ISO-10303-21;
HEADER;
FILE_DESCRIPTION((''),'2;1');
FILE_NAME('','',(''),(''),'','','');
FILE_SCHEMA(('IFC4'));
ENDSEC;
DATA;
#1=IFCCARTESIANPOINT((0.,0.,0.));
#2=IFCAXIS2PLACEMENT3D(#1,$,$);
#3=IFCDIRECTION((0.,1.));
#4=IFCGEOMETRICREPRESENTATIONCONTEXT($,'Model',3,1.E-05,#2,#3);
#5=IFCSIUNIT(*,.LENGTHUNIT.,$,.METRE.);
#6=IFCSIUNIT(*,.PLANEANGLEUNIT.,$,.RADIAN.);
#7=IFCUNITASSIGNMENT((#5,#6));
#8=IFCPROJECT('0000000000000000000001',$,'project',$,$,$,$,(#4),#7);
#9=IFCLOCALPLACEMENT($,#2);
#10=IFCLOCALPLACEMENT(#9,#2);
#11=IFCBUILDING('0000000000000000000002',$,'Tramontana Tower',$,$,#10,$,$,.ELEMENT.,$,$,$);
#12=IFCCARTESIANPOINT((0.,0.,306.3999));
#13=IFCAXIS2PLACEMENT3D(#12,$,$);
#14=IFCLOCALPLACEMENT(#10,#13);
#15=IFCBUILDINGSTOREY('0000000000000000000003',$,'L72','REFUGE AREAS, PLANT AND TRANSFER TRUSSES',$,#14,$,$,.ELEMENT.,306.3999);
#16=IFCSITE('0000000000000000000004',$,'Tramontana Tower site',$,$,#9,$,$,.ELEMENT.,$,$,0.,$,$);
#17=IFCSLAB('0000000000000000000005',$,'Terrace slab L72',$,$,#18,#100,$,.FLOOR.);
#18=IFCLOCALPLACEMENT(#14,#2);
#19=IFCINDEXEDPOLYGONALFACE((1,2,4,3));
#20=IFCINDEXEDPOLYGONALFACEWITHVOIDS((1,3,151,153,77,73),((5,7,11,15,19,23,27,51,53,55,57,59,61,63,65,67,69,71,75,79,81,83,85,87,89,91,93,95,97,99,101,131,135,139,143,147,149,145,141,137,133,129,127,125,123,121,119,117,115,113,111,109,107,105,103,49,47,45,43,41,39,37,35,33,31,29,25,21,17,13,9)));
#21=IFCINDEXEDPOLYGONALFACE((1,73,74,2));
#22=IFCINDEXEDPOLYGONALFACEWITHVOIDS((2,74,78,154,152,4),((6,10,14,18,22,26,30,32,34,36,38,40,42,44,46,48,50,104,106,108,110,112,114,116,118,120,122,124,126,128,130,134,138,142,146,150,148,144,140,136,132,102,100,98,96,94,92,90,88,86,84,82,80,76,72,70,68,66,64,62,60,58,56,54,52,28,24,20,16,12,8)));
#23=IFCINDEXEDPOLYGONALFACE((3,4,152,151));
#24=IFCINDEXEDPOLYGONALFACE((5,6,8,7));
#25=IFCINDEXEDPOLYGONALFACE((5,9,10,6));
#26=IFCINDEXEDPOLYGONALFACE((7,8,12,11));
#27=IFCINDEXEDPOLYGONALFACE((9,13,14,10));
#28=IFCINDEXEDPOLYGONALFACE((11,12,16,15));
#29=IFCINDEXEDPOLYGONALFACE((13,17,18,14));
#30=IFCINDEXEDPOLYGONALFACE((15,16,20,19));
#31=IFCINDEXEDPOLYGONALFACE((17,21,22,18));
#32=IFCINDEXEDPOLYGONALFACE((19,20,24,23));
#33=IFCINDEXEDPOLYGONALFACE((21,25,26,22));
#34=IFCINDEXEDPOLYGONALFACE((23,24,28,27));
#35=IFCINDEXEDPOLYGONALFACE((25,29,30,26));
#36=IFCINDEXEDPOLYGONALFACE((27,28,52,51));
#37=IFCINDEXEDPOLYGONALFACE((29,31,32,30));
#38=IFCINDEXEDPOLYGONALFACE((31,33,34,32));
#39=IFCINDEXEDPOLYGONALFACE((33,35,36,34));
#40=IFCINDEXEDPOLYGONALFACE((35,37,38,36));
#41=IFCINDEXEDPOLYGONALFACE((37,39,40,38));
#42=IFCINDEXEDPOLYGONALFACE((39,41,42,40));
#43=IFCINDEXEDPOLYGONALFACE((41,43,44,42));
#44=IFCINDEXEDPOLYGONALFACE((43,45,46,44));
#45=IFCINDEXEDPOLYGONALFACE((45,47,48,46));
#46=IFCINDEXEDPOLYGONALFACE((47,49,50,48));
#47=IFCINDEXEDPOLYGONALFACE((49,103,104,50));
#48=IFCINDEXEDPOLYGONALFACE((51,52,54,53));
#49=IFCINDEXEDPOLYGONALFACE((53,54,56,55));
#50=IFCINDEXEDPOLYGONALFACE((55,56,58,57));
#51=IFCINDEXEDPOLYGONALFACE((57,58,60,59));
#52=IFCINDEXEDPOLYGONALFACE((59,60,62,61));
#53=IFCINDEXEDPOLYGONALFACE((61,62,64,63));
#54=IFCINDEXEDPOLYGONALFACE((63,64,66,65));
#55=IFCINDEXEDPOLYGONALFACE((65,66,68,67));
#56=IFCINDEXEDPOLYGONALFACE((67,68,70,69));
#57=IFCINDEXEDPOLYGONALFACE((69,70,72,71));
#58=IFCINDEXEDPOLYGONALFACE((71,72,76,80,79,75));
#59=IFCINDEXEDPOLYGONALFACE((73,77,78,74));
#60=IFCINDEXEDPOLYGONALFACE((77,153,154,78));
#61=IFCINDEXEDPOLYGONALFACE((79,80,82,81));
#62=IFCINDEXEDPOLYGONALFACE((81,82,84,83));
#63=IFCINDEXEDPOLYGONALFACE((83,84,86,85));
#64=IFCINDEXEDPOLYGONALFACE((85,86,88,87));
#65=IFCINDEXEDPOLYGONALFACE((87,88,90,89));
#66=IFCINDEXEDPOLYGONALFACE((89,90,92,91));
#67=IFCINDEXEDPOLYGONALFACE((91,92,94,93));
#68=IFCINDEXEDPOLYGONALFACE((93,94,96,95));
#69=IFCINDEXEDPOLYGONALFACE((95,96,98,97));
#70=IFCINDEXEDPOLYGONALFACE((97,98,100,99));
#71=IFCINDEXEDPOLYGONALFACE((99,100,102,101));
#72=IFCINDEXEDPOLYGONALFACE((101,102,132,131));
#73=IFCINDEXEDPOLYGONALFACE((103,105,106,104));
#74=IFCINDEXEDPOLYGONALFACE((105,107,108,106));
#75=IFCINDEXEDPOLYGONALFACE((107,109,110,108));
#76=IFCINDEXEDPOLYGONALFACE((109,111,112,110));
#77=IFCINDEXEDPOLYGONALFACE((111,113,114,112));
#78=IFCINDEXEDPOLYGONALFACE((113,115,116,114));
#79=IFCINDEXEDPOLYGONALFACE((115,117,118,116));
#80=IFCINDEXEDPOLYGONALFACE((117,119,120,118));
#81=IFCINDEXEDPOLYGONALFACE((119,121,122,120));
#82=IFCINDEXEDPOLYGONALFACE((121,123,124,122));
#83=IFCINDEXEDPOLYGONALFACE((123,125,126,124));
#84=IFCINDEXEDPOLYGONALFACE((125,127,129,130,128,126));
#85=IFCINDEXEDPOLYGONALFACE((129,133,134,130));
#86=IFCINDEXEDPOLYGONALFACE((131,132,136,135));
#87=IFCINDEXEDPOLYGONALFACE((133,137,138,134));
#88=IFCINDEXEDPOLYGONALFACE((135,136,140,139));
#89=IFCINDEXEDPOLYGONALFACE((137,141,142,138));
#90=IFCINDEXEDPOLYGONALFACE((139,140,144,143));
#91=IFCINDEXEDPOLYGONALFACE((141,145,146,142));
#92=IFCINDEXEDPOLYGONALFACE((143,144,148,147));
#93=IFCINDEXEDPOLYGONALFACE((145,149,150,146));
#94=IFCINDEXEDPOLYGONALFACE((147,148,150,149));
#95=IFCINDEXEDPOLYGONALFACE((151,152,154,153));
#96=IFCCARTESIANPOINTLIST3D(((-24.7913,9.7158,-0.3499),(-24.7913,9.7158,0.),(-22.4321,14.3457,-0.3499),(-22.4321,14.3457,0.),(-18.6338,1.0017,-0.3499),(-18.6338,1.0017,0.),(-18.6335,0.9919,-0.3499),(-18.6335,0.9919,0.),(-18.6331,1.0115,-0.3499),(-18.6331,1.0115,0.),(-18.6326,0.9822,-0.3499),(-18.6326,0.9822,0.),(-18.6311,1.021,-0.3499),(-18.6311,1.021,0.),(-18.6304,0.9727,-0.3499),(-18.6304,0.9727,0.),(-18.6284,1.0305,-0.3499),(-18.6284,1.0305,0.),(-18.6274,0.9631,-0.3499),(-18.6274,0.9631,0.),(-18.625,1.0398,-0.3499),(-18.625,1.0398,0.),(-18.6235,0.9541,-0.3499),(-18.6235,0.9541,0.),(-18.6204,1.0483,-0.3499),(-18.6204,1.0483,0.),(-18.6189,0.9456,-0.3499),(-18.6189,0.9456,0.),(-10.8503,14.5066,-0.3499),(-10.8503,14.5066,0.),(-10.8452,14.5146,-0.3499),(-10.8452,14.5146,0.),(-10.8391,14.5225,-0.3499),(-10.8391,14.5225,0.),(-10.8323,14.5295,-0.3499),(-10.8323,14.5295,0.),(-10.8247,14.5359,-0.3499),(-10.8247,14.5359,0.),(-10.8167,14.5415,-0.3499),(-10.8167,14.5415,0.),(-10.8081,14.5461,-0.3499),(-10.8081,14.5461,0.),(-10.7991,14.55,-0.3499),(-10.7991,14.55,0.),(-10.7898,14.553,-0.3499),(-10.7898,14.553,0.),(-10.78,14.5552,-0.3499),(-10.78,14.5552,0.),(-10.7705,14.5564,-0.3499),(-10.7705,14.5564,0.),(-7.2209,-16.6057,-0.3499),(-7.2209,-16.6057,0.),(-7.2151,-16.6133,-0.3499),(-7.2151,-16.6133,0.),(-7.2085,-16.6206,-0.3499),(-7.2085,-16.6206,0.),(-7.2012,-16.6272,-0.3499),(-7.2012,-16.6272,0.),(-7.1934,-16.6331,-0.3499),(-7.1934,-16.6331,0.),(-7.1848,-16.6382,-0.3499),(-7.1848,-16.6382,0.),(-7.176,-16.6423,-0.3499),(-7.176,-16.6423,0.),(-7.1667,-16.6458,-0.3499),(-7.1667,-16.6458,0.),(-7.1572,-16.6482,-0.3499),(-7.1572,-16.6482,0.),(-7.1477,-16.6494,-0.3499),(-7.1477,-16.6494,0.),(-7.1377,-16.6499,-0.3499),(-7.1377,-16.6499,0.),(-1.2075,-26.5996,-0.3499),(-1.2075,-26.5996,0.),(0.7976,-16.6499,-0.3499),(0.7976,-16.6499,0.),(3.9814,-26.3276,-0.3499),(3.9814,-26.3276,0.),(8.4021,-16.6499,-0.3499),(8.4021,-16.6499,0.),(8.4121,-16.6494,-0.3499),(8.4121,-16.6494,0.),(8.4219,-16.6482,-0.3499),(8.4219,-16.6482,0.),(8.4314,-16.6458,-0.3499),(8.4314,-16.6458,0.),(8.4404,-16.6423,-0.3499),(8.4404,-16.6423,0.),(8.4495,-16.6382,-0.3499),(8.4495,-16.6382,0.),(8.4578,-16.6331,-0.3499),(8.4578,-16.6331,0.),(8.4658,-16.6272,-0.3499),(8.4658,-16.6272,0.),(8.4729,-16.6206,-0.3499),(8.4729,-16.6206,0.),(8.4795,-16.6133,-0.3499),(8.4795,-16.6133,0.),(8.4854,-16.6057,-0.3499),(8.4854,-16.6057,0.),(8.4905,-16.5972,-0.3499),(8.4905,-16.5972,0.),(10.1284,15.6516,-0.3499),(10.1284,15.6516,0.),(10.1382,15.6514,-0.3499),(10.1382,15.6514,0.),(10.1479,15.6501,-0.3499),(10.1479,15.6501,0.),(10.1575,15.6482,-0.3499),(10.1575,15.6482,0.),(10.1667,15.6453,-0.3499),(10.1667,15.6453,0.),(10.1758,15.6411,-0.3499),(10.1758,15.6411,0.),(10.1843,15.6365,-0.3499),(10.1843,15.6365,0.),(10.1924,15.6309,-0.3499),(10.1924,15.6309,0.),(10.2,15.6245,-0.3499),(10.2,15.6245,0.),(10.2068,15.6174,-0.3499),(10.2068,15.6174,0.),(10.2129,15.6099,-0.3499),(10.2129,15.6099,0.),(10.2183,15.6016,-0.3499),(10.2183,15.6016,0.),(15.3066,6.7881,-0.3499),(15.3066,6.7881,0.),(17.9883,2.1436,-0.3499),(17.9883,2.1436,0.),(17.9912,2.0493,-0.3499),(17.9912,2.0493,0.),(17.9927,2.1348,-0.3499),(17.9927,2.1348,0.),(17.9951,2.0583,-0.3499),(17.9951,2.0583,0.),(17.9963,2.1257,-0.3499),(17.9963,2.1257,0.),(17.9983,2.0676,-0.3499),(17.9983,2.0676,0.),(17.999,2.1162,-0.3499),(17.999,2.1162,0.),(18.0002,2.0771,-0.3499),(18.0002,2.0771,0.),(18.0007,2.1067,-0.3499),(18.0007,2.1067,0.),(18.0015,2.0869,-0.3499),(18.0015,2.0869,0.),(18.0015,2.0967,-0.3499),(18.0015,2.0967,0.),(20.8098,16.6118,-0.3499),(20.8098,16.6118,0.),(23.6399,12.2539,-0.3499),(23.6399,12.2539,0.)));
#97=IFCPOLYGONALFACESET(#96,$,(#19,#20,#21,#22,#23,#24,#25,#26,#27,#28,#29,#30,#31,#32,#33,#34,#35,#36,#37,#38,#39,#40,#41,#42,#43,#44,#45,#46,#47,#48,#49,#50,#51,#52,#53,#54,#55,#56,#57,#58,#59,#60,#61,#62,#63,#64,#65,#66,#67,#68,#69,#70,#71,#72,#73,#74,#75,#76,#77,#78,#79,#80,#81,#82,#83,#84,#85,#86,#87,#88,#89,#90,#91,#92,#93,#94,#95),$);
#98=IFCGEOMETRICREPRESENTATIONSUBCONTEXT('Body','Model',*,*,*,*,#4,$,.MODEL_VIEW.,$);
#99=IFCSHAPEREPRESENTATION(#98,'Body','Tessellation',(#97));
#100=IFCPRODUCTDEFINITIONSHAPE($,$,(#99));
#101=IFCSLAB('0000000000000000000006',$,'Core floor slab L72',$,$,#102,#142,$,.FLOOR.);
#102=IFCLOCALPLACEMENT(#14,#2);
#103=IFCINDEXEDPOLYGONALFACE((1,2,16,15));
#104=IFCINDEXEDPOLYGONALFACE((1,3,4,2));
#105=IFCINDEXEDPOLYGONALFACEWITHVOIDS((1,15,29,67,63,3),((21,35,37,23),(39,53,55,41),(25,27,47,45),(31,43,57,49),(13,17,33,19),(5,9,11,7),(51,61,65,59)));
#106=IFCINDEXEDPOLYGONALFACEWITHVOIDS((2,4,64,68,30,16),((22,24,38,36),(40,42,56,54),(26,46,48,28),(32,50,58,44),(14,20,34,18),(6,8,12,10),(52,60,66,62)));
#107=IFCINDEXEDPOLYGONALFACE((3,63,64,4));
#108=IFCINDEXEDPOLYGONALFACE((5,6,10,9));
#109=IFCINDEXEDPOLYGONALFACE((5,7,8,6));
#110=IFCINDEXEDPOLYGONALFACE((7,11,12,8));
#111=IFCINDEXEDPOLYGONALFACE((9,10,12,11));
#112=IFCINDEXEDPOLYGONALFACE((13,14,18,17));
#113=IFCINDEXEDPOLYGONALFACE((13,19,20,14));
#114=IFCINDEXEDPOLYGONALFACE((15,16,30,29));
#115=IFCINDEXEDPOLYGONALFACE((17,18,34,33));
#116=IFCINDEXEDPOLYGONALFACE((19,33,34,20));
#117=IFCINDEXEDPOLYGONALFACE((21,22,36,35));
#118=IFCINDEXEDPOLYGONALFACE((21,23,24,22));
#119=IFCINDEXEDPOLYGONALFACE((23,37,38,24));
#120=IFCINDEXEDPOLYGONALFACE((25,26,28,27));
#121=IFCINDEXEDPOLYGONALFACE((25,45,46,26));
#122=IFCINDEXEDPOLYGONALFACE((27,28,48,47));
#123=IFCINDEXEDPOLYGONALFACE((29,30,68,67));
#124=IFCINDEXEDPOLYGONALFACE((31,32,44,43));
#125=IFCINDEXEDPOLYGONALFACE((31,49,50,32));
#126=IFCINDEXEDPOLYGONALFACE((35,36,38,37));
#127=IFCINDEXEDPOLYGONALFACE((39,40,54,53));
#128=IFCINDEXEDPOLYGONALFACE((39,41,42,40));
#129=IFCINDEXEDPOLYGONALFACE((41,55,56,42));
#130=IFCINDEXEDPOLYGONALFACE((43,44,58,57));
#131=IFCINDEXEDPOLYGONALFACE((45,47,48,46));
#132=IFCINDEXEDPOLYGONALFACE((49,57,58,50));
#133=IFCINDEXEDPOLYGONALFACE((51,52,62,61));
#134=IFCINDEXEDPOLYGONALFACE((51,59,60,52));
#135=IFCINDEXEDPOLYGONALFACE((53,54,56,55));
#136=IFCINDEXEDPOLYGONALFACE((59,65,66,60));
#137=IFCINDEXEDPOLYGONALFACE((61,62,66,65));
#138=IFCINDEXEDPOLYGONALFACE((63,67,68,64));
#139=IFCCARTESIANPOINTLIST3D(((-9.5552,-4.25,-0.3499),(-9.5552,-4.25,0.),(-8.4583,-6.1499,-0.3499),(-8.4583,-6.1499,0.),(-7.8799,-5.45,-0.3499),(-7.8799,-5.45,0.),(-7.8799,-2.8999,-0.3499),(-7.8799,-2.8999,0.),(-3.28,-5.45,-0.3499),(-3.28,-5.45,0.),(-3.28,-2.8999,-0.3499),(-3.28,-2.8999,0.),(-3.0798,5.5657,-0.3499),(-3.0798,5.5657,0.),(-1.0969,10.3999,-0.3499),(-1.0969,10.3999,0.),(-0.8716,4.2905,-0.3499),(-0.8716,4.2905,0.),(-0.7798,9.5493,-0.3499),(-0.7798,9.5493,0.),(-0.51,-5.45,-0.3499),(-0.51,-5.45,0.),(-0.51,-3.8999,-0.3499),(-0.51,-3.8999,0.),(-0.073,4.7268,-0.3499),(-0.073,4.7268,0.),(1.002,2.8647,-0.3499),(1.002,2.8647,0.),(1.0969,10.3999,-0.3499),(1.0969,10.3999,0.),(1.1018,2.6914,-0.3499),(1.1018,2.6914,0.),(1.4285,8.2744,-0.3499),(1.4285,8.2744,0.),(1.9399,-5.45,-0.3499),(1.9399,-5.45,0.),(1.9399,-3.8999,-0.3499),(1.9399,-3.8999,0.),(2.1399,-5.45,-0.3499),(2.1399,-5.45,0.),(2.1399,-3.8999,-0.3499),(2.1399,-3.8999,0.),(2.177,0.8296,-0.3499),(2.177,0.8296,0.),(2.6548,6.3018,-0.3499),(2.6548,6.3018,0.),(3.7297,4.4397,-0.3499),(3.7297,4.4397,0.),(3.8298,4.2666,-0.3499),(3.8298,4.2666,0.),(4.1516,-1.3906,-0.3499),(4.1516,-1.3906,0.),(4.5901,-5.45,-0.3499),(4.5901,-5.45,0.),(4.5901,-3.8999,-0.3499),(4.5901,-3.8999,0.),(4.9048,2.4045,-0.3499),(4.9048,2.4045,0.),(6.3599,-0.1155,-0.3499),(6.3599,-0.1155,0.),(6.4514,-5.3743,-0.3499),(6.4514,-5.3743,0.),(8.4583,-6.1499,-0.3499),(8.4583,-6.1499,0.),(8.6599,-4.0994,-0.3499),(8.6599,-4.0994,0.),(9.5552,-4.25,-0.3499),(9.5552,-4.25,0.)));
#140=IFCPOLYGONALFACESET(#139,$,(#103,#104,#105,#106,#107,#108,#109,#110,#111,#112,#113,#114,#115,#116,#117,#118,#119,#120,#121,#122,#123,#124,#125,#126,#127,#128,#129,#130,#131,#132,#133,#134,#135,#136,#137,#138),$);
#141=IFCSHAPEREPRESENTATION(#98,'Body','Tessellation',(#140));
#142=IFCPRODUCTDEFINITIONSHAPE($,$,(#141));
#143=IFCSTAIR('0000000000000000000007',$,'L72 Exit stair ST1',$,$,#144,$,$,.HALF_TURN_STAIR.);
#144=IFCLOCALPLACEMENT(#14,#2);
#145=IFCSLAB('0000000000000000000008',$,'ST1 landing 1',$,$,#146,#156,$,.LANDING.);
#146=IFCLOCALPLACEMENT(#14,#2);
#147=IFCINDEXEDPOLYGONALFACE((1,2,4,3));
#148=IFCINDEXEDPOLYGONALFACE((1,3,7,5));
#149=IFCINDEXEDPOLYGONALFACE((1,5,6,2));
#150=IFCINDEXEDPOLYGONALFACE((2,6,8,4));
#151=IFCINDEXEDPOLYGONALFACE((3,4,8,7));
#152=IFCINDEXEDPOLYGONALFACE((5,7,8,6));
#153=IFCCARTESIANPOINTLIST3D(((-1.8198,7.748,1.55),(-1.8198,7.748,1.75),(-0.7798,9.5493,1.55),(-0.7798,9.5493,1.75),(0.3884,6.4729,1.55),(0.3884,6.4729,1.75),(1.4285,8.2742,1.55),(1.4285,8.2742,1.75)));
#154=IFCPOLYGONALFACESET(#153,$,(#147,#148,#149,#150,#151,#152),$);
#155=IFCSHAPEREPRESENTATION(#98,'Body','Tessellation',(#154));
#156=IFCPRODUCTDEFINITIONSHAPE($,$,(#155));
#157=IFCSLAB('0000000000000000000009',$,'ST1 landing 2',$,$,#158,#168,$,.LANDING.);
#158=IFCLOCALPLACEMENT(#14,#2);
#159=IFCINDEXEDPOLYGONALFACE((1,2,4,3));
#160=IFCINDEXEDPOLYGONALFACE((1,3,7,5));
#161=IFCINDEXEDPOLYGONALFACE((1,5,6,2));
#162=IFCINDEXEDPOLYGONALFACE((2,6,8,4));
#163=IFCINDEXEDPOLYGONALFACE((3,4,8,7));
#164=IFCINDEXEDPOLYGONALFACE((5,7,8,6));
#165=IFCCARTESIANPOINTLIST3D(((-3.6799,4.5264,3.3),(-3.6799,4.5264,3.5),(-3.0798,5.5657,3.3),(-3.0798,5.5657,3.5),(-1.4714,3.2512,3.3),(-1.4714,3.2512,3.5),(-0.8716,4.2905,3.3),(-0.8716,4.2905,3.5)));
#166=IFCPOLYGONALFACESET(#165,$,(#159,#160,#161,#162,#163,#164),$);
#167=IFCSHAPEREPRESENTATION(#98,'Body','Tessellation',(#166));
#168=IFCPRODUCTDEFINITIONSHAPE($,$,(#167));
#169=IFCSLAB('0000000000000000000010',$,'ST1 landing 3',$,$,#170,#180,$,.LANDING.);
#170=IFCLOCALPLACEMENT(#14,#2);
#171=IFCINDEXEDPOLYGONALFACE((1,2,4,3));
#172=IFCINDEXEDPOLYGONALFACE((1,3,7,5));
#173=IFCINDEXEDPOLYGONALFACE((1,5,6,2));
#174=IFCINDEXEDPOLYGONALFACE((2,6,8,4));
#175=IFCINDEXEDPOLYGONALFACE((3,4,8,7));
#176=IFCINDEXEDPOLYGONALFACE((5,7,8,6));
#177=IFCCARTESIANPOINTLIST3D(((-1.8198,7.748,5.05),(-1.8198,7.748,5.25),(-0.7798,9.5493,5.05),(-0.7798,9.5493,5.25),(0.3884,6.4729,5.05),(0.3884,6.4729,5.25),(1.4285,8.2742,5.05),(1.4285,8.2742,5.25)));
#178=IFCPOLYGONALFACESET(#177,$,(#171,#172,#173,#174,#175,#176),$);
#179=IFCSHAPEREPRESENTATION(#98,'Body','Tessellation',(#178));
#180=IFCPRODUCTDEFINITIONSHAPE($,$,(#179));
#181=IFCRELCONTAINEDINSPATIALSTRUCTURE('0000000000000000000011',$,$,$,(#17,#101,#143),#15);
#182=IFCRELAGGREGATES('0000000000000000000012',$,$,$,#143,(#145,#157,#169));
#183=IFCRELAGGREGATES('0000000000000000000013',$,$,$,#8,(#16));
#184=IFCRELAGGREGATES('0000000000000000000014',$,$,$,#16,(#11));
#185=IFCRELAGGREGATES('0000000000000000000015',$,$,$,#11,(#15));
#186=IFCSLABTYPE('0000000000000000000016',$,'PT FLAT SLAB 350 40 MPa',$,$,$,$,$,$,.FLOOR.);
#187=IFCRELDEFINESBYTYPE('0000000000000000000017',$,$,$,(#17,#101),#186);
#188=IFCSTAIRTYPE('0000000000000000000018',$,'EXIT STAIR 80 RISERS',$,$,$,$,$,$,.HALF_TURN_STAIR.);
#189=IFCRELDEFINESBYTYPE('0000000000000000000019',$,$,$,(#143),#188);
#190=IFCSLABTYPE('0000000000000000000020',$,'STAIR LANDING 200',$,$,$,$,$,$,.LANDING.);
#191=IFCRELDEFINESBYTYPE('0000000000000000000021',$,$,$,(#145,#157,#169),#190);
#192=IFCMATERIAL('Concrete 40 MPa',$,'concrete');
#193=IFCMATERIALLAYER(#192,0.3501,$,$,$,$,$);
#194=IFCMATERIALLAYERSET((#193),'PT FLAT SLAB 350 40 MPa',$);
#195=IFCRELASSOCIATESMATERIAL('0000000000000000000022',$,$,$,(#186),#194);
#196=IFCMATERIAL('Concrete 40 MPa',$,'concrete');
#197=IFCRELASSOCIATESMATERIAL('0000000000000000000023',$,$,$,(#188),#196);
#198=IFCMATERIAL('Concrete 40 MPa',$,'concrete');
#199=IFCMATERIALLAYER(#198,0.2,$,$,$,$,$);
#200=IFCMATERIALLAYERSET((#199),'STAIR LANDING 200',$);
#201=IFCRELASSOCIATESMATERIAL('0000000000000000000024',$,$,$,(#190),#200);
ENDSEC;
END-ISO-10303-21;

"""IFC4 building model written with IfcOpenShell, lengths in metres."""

from ifc_helpers import new_model, si_unit, direction, frame, origin, place, context, subcontext, project, spatial, polyline, outline, extrude, material, layer, layer_set, type_object, element, aggregate, save


model = new_model("IFC4")

# Units and contexts
model_context = context("Model", 3, precision=1e-05, world=origin(), true_north=direction((0.0, 1.0)))
body_context = subcontext(model_context, "Body", "Model", "MODEL_VIEW")
ifc_project = project(units=[si_unit("LENGTHUNIT", "METRE"), si_unit("PLANEANGLEUNIT", "RADIAN")], contexts=[model_context])

# Site, building, storey
site_placement = place(None, origin())
site = spatial("IfcSite", under=ifc_project, at=site_placement, Name="Tramontana Tower site", CompositionType="ELEMENT", RefElevation=0.0)
building_placement = place(site_placement, origin())
building = spatial("IfcBuilding", under=site, at=building_placement, Name="Tramontana Tower", CompositionType="ELEMENT")
storey_placement = place(building_placement, frame((0.0, 0.0, 306.3999)))
storey = spatial("IfcBuildingStorey", under=building, at=storey_placement, Name="L72", Description="REFUGE AREAS, PLANT AND TRANSFER TRUSSES", CompositionType="ELEMENT", Elevation=306.3999)

# Slabs
ifc_material_1 = material(Name="Concrete 40 MPa", Category="concrete")
ifc_layer_1 = layer(ifc_material_1, 0.3501)
ifc_layer_set_1 = layer_set([ifc_layer_1], Name="PT FLAT SLAB 350 40 MPa")
slab_type_1 = type_object("IfcSlabType", Name="PT FLAT SLAB 350 40 MPa", PredefinedType="FLOOR", material=ifc_layer_set_1)
slab_1_placement = place(storey_placement, frame((0.0, 0.0, -0.3499)))
element("IfcSlab", 1, at=slab_1_placement, inside=storey, type_object=slab_type_1, Name="Terrace slab L72", PredefinedType="FLOOR", context=body_context, shape_type="SweptSolid", body=[
    extrude(outline(polyline([(3.9814, -26.3276), (-1.2075, -26.5996), (-24.7913, 9.7158), (-22.4321, 14.3457), (20.8098, 16.6118), (23.6399, 12.2539), (3.9814, -26.3276)]), holes=[polyline([(8.4021, -16.6499), (8.4121, -16.6494), (8.4219, -16.6482), (8.4314, -16.6458), (8.4404, -16.6423), (8.4495, -16.6382), (8.4578, -16.6331), (8.4658, -16.6272), (8.4729, -16.6206), (8.4795, -16.6133), (8.4854, -16.6057), (8.4905, -16.5972), (17.9912, 2.0493), (17.9951, 2.0583), (17.9983, 2.0676), (18.0002, 2.0771), (18.0015, 2.0869), (18.0015, 2.0967), (18.0007, 2.1067), (17.999, 2.1162), (17.9963, 2.1257), (17.9927, 2.1348), (17.9883, 2.1436), (15.3066, 6.7881), (10.2183, 15.6016), (10.2129, 15.6099), (10.2068, 15.6174), (10.2, 15.6245), (10.1924, 15.6309), (10.1843, 15.6365), (10.1758, 15.6411), (10.1667, 15.6453), (10.1575, 15.6482), (10.1479, 15.6501), (10.1382, 15.6514), (10.1284, 15.6516), (-10.7705, 14.5564), (-10.78, 14.5552), (-10.7898, 14.553), (-10.7991, 14.55), (-10.8081, 14.5461), (-10.8167, 14.5415), (-10.8247, 14.5359), (-10.8323, 14.5295), (-10.8391, 14.5225), (-10.8452, 14.5146), (-10.8503, 14.5066), (-18.6204, 1.0483), (-18.625, 1.0398), (-18.6284, 1.0305), (-18.6311, 1.021), (-18.6331, 1.0115), (-18.6338, 1.0017), (-18.6335, 0.9919), (-18.6326, 0.9822), (-18.6304, 0.9727), (-18.6274, 0.9631), (-18.6235, 0.9541), (-18.6189, 0.9456), (-7.2209, -16.6057), (-7.2151, -16.6133), (-7.2085, -16.6206), (-7.2012, -16.6272), (-7.1934, -16.6331), (-7.1848, -16.6382), (-7.176, -16.6423), (-7.1667, -16.6458), (-7.1572, -16.6482), (-7.1477, -16.6494), (-7.1377, -16.6499), (0.7976, -16.6499), (8.4021, -16.6499)])]), origin(), (0.0, 0.0, 1.0), 0.3499),
])
slab_2_placement = place(storey_placement, frame((0.0, 0.0, -0.3499)))
element("IfcSlab", 2, at=slab_2_placement, inside=storey, type_object=slab_type_1, Name="Core floor slab L72", PredefinedType="FLOOR", context=body_context, shape_type="SweptSolid", body=[
    extrude(outline(polyline([(9.5552, -4.25), (8.4583, -6.1499), (-8.4583, -6.1499), (-9.5552, -4.25), (-1.0969, 10.3999), (1.0969, 10.3999), (9.5552, -4.25)]), holes=[polyline([(8.6599, -4.0994), (6.3599, -0.1155), (4.1516, -1.3906), (6.4514, -5.3743), (8.6599, -4.0994)]), polyline([(3.8298, 4.2666), (1.1018, 2.6914), (2.177, 0.8296), (4.9048, 2.4045), (3.8298, 4.2666)]), polyline([(4.5901, -3.8999), (2.1399, -3.8999), (2.1399, -5.45), (4.5901, -5.45), (4.5901, -3.8999)]), polyline([(2.6548, 6.3018), (-0.073, 4.7268), (1.002, 2.8647), (3.7297, 4.4397), (2.6548, 6.3018)]), polyline([(1.9399, -5.45), (1.9399, -3.8999), (-0.51, -3.8999), (-0.51, -5.45), (1.9399, -5.45)]), polyline([(-0.7798, 9.5493), (-3.0798, 5.5657), (-0.8716, 4.2905), (1.4285, 8.2744), (-0.7798, 9.5493)]), polyline([(-7.8799, -5.45), (-3.28, -5.45), (-3.28, -2.8999), (-7.8799, -2.8999), (-7.8799, -5.45)])]), origin(), (0.0, 0.0, 1.0), 0.3499),
])

# Stair, slabs
ifc_material_2 = material(Name="Concrete 40 MPa", Category="concrete")
stair_type = type_object("IfcStairType", Name="EXIT STAIR 80 RISERS", PredefinedType="HALF_TURN_STAIR", material=ifc_material_2)
stair_placement = place(storey_placement, origin())
stair = element("IfcStair", 3, at=stair_placement, inside=storey, type_object=stair_type, Name="L72 Exit stair ST1", PredefinedType="HALF_TURN_STAIR")
ifc_material_3 = material(Name="Concrete 40 MPa", Category="concrete")
ifc_layer_2 = layer(ifc_material_3, 0.2)
ifc_layer_set_2 = layer_set([ifc_layer_2], Name="STAIR LANDING 200")
slab_type_2 = type_object("IfcSlabType", Name="STAIR LANDING 200", PredefinedType="LANDING", material=ifc_layer_set_2)
slab_3_placement = place(storey_placement, frame((0.0, 0.0, 1.55)))
slab_3 = element("IfcSlab", 4, at=slab_3_placement, type_object=slab_type_2, Name="ST1 landing 1", PredefinedType="LANDING", context=body_context, shape_type="SweptSolid", body=[
    extrude(outline(polyline([(0.3884, 6.4729), (1.4285, 8.2742), (-0.7798, 9.5493), (-1.8198, 7.748), (0.3884, 6.4729)])), origin(), (0.0, 0.0, 1.0), 0.2),
])
slab_4_placement = place(storey_placement, frame((0.0, 0.0, 3.3)))
slab_4 = element("IfcSlab", 5, at=slab_4_placement, type_object=slab_type_2, Name="ST1 landing 2", PredefinedType="LANDING", context=body_context, shape_type="SweptSolid", body=[
    extrude(outline(polyline([(-1.4714, 3.2512), (-0.8716, 4.2905), (-3.0798, 5.5657), (-3.6799, 4.5264), (-1.4714, 3.2512)])), origin(), (0.0, 0.0, 1.0), 0.2),
])
slab_5_placement = place(storey_placement, frame((0.0, 0.0, 5.05)))
slab_5 = element("IfcSlab", 6, at=slab_5_placement, type_object=slab_type_2, Name="ST1 landing 3", PredefinedType="LANDING", context=body_context, shape_type="SweptSolid", body=[
    extrude(outline(polyline([(0.3884, 6.4729), (1.4285, 8.2742), (-0.7798, 9.5493), (-1.8198, 7.748), (0.3884, 6.4729)])), origin(), (0.0, 0.0, 1.0), 0.2),
])
aggregate(stair, [slab_3, slab_4, slab_5])

save(model, "model.ifc")
